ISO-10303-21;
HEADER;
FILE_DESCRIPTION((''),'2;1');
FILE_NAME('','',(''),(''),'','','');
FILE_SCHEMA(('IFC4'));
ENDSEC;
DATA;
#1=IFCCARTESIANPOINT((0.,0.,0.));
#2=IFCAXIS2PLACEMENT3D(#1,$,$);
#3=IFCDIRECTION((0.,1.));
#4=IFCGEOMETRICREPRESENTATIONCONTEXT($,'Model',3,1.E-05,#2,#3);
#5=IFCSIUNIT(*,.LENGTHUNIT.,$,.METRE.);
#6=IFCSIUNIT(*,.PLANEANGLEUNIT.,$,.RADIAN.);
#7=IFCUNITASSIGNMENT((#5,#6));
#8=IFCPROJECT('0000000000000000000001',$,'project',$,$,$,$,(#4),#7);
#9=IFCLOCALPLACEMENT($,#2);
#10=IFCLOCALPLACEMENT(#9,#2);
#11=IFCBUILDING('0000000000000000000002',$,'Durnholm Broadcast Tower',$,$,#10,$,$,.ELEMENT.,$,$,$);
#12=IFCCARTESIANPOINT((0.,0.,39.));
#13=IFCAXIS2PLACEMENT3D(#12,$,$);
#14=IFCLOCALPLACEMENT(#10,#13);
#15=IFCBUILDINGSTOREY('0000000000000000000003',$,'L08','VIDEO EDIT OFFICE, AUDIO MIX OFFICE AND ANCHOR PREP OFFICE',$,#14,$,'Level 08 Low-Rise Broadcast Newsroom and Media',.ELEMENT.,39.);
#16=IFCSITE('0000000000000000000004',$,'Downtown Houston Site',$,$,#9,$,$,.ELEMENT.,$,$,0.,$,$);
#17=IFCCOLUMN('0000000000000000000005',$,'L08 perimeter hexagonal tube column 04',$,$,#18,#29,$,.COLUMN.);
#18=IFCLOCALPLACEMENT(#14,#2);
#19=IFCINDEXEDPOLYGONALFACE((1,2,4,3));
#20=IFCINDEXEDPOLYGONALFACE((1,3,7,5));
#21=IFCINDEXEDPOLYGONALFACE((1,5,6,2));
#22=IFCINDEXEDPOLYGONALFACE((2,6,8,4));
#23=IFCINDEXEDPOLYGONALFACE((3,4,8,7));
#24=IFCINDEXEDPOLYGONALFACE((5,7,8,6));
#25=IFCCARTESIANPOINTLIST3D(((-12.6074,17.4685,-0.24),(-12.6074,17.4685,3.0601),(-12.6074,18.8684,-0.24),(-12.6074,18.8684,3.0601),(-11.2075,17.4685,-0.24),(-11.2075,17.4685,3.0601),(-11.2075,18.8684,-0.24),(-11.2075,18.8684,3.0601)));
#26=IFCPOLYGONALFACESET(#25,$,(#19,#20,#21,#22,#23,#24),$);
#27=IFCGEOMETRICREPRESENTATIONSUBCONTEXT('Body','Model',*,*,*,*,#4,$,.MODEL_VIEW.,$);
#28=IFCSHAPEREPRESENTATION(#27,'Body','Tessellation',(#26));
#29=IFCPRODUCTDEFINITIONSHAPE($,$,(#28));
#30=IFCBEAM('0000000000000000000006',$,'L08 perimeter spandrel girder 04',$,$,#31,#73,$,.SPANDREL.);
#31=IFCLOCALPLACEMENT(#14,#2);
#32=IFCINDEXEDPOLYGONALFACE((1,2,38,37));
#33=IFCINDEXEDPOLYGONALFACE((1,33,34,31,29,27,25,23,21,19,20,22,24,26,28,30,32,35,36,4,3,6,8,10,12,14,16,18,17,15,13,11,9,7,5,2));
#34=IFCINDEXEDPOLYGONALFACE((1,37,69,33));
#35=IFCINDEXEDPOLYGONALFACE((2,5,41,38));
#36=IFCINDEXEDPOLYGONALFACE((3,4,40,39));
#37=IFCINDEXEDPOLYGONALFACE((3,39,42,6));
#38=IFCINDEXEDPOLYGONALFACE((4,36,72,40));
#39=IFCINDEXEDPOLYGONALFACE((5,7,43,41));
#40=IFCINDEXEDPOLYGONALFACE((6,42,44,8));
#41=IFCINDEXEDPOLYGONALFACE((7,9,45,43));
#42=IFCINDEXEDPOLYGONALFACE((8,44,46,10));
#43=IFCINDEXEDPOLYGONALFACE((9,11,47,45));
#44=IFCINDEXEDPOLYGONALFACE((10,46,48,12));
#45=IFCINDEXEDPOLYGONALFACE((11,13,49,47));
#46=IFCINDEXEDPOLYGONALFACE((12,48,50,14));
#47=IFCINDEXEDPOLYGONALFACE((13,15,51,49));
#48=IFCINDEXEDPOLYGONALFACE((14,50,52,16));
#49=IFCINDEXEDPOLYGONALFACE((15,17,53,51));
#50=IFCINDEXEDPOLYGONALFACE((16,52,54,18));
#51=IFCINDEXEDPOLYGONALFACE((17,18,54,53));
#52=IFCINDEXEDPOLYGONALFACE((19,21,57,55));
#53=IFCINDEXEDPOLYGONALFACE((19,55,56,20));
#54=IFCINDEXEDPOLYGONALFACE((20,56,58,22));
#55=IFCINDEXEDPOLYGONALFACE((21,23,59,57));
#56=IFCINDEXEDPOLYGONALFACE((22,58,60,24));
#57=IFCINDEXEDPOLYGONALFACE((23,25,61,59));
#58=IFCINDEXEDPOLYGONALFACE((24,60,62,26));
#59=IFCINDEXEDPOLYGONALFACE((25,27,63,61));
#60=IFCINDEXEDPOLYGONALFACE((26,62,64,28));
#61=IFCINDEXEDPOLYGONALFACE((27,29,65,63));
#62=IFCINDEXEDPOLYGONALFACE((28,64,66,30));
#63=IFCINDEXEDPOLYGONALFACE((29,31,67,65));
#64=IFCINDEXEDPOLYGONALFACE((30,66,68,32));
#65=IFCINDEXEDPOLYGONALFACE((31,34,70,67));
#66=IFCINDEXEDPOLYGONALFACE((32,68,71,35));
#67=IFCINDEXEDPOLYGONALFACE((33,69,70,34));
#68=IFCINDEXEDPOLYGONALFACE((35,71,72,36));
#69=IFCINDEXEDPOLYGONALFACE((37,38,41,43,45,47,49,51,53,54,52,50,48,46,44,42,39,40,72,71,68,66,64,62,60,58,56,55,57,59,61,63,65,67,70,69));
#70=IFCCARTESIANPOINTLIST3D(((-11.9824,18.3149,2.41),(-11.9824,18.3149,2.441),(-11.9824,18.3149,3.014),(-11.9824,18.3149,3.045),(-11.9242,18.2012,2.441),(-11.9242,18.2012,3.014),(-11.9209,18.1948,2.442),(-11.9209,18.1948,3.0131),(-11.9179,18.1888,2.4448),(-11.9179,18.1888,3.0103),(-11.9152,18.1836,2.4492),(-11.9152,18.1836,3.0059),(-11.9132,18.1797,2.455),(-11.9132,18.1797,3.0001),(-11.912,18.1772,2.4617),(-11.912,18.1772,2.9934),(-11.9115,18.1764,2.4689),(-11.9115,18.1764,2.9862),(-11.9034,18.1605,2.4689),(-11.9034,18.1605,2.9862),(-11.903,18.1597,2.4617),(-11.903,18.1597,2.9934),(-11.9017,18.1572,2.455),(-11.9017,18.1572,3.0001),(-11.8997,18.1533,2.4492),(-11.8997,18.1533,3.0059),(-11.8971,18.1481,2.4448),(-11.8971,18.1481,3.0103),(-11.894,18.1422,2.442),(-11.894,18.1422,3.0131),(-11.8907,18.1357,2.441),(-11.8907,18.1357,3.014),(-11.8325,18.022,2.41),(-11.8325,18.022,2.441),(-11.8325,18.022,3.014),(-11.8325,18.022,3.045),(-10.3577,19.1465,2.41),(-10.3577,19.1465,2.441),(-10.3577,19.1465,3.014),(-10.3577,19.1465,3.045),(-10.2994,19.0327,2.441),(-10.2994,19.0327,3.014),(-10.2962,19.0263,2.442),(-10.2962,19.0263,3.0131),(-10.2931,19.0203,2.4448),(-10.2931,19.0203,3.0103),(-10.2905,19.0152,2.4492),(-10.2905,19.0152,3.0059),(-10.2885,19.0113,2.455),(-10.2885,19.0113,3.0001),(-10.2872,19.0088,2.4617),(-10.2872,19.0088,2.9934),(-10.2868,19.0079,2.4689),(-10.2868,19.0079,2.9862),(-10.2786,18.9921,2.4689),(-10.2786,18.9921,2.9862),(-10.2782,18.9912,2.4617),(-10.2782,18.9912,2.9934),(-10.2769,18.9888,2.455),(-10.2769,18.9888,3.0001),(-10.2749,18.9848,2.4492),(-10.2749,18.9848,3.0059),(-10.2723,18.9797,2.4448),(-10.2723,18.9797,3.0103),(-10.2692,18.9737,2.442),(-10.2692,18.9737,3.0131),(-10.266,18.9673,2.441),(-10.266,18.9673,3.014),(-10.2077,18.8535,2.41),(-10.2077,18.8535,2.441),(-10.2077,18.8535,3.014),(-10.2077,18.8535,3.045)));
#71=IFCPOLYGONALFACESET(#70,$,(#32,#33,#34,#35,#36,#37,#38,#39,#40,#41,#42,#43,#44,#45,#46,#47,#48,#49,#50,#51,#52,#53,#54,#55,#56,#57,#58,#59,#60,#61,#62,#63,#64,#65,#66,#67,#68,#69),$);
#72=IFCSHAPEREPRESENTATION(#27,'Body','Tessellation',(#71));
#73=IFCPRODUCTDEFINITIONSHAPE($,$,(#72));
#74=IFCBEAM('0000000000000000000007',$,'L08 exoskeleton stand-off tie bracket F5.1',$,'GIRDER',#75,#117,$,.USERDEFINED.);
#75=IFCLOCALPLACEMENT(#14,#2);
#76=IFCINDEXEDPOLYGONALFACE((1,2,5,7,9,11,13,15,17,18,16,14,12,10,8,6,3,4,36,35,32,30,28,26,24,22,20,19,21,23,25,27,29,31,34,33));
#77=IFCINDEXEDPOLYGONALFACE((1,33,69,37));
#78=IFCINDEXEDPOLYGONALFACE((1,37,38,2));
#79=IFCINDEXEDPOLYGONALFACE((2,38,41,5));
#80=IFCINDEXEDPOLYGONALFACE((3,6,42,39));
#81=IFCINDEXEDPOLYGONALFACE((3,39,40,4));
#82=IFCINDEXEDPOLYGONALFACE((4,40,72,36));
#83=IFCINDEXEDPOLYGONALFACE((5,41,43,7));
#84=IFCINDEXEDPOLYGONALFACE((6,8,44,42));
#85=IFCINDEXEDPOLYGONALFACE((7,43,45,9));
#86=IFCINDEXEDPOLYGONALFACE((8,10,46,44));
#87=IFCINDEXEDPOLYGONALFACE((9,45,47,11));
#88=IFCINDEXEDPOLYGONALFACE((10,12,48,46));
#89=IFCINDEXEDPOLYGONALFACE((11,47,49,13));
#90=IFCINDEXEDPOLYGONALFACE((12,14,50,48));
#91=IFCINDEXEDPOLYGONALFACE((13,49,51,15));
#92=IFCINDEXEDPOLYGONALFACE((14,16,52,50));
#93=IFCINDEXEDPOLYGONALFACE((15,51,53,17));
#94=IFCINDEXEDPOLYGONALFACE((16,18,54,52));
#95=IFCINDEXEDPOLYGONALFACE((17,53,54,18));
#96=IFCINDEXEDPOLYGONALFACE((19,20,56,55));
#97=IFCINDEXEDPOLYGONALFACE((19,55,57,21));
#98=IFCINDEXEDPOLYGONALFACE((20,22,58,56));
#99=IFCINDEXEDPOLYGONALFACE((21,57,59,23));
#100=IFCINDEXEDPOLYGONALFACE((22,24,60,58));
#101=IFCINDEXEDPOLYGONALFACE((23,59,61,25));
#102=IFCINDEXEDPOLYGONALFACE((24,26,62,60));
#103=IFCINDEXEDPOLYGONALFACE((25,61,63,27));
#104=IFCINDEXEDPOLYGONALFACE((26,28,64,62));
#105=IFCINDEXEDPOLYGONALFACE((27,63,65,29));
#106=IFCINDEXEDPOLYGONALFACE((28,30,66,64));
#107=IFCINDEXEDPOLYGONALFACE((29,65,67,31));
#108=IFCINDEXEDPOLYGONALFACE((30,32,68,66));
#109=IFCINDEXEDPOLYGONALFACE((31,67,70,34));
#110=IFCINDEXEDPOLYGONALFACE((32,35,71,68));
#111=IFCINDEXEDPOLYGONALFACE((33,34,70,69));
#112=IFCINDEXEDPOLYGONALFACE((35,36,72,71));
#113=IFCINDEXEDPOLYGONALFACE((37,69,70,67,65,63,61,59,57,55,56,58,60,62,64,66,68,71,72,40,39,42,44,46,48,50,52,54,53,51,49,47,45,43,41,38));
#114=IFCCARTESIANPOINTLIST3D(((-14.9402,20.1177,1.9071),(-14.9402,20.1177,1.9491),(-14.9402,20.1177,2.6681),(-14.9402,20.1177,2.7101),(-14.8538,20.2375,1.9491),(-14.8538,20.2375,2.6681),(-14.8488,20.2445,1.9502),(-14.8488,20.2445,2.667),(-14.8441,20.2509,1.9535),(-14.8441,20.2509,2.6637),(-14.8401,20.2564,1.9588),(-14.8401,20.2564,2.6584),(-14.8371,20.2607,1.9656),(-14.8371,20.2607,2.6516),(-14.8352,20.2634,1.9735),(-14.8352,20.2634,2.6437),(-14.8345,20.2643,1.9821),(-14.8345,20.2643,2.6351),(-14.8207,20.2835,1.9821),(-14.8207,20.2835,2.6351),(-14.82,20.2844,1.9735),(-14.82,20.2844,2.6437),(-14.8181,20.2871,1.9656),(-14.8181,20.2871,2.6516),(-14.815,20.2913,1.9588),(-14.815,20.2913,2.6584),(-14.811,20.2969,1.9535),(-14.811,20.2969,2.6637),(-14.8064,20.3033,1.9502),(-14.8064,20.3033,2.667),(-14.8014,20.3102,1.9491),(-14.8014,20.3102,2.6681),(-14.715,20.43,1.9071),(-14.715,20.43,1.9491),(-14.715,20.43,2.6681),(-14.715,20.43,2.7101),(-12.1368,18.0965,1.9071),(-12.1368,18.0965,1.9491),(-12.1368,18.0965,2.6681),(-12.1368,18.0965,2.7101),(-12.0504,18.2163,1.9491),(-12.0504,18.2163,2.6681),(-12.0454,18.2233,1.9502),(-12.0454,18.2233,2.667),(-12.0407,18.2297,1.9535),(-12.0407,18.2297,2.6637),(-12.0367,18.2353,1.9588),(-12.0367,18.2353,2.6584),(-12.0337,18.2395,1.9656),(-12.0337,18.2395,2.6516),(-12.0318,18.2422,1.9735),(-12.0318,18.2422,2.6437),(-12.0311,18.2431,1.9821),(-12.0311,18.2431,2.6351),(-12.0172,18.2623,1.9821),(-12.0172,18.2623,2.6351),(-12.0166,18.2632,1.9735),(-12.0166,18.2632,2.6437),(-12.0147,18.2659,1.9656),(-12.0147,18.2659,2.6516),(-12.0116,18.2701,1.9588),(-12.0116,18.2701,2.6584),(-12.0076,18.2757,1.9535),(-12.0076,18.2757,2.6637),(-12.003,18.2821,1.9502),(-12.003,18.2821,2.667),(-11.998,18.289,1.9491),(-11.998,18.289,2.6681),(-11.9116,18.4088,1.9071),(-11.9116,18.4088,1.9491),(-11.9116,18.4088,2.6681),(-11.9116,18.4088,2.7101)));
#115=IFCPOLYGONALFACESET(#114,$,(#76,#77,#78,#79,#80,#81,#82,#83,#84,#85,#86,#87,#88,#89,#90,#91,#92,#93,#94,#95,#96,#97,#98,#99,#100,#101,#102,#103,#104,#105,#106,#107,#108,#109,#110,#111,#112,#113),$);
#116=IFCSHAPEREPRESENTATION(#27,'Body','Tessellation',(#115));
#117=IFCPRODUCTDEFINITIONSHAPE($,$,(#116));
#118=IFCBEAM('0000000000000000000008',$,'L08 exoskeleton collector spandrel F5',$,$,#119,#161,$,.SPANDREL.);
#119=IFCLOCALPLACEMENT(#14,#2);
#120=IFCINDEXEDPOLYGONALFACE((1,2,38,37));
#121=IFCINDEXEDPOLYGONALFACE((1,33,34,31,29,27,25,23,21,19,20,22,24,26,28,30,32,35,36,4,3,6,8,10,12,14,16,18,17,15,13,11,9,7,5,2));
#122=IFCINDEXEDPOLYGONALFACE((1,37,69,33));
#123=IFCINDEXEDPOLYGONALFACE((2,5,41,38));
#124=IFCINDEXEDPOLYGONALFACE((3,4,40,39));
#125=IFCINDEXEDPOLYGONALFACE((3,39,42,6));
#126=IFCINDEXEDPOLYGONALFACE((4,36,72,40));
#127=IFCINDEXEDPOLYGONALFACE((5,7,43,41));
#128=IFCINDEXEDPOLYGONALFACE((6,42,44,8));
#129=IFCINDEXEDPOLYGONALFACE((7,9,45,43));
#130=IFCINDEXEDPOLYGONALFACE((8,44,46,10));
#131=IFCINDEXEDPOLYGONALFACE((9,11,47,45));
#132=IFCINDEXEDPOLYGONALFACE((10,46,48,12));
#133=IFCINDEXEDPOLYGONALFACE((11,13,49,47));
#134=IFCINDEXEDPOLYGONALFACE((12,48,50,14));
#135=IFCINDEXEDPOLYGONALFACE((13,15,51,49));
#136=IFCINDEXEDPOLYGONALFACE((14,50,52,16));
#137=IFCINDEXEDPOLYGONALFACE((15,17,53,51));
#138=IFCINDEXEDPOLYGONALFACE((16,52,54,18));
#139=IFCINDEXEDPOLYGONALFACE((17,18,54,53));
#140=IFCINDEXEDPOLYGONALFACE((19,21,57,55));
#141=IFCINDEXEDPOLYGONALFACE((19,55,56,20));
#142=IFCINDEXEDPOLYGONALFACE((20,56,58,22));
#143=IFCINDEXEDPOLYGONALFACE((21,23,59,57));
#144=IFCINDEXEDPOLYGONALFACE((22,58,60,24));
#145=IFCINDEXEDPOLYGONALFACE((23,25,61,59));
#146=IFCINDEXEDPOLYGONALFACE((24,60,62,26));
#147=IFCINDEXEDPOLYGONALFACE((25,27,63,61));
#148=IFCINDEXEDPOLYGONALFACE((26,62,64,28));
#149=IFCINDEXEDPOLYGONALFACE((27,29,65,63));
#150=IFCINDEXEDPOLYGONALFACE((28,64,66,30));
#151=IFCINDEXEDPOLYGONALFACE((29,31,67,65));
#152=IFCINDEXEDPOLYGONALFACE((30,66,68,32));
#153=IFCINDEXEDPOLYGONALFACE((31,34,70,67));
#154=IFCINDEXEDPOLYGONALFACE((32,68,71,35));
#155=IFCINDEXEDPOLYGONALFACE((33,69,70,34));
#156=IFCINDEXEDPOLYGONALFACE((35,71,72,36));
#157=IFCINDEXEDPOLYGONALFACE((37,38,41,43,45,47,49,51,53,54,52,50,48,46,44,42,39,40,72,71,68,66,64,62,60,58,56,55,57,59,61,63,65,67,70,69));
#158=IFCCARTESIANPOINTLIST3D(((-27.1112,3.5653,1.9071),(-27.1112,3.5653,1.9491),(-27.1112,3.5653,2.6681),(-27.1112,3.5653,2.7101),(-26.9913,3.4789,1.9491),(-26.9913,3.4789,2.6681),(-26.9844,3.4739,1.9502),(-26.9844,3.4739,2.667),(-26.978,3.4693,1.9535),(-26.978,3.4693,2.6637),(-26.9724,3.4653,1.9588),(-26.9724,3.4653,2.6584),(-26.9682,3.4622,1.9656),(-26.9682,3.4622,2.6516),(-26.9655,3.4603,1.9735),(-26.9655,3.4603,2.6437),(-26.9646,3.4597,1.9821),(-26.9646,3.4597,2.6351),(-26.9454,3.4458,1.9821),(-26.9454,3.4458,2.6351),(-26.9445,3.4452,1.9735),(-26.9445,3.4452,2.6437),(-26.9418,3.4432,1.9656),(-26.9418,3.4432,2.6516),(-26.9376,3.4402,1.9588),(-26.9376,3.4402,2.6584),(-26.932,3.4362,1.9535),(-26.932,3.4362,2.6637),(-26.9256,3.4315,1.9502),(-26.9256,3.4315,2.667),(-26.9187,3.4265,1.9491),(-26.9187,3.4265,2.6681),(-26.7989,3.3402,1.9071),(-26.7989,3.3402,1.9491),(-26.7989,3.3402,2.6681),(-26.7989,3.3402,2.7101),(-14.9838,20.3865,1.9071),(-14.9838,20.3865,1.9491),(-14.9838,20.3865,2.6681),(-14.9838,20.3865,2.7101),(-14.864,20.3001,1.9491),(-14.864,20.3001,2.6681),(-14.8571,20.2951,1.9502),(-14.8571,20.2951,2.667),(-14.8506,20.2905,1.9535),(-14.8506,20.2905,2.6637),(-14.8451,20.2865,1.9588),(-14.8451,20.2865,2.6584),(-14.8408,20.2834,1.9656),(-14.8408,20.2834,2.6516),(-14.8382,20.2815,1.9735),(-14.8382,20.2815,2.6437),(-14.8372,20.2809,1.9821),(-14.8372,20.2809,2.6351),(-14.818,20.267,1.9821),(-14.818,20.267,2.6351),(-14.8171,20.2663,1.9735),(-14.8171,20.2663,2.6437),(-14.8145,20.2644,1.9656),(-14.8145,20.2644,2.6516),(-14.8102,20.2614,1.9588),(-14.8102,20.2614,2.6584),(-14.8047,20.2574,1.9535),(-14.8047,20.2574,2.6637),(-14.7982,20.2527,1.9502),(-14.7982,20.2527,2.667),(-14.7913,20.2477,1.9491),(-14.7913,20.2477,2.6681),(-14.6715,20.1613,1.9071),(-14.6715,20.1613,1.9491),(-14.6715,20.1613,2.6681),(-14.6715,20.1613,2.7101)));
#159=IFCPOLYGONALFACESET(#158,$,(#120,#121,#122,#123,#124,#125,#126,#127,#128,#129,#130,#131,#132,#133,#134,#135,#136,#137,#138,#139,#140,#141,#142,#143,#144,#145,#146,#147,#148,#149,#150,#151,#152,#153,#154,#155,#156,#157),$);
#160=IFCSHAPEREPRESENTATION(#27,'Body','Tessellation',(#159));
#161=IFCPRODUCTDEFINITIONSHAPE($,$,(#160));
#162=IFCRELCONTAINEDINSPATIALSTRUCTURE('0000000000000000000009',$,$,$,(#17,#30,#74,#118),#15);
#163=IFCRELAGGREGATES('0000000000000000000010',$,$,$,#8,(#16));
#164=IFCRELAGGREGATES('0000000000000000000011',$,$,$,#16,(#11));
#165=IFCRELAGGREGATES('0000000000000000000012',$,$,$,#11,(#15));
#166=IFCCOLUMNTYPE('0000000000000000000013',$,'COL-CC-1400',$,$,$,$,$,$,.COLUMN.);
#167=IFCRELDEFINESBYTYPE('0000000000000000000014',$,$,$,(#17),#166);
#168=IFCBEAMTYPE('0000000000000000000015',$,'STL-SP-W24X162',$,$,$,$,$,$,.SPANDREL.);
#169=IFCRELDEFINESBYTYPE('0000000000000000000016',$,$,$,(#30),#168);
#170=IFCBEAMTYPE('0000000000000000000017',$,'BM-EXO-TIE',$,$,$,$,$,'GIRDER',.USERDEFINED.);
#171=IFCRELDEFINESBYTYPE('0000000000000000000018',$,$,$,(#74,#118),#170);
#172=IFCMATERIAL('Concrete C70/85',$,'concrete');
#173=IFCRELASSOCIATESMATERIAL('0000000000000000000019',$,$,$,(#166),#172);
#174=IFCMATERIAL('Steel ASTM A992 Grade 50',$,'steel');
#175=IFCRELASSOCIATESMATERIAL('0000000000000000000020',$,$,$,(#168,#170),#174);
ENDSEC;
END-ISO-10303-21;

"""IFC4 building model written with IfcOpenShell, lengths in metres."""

from ifc_helpers import new_model, si_unit, direction, frame, origin, origin_2d, place, context, subcontext, project, spatial, rectangle, i_section, extrude, source, transform, mapped, material, material_profile, profile_set, type_object, type_shapes, element, save


model = new_model("IFC4")

# Units and contexts
model_context = context("Model", 3, precision=1e-05, world=origin(), true_north=direction((0.0, 1.0)))
body_context = subcontext(model_context, "Body", "Model", "MODEL_VIEW")
ifc_project = project(units=[si_unit("LENGTHUNIT", "METRE"), si_unit("PLANEANGLEUNIT", "RADIAN")], contexts=[model_context])

# Site, building, storey
site_placement = place(None, origin())
site = spatial("IfcSite", under=ifc_project, at=site_placement, Name="Downtown Houston Site", CompositionType="ELEMENT", RefElevation=0.0)
building_placement = place(site_placement, origin())
building = spatial("IfcBuilding", under=site, at=building_placement, Name="Durnholm Broadcast Tower", CompositionType="ELEMENT")
storey_placement = place(building_placement, frame((0.0, 0.0, 39.0)))
storey = spatial("IfcBuildingStorey", under=building, at=storey_placement, Name="L08", Description="VIDEO EDIT OFFICE, AUDIO MIX OFFICE AND ANCHOR PREP OFFICE", LongName="Level 08 Low-Rise Broadcast Newsroom and Media", CompositionType="ELEMENT", Elevation=39.0)

# Column
ifc_material_1 = material(Name="Concrete C70/85", Category="concrete")
ifc_material_profile_1 = material_profile(ifc_material_1, rectangle(XDim=1.3999, YDim=1.3999, at=origin_2d()), Name="RC1400X1400")
ifc_profile_set_1 = profile_set([ifc_material_profile_1], Name="Concrete C70/85")
column_type = type_object("IfcColumnType", Name="COL-CC-1400", PredefinedType="COLUMN", material=ifc_profile_set_1)
shared_shape_1 = source(origin(), body_context, "Body", "SweptSolid", [
    extrude(rectangle(XDim=1.3999, YDim=1.3999, at=origin_2d()), origin(), (0.0, 0.0, 1.0), 3.3),
])
type_shapes(column_type, [shared_shape_1])
column_placement = place(storey_placement, frame((-11.9075, 18.1685, -0.24), z_axis=(0.0, 0.0, 1.0), x_axis=(1.0, 0.0, 0.0)))
element("IfcColumn", 1, at=column_placement, inside=storey, type_object=column_type, Name="L08 perimeter hexagonal tube column 04", PredefinedType="COLUMN", context=body_context, shape_type="MappedRepresentation", body=[
    mapped(shared_shape_1, transform((0.0, 0.0, 0.0), x_axis=(1.0, 0.0, 0.0), y_axis=(0.0, 1.0, 0.0), z_axis=(0.0, 0.0, 1.0), scale=1.0)),
])

# Beams
ifc_material_2 = material(Name="Steel ASTM A992 Grade 50", Category="steel")
ifc_material_profile_2 = material_profile(ifc_material_2, i_section(OverallWidth=0.3291, OverallDepth=0.635, WebThickness=0.0178, FlangeThickness=0.031, FilletRadius=0.0278, at=origin_2d()), Name="W24X162")
ifc_profile_set_2 = profile_set([ifc_material_profile_2], Name="Steel ASTM A992 Grade 50")
beam_type_1 = type_object("IfcBeamType", Name="STL-SP-W24X162", PredefinedType="SPANDREL", material=ifc_profile_set_2)
shared_shape_2 = source(origin(), body_context, "Body", "SweptSolid", [
    extrude(i_section(OverallWidth=0.3291, OverallDepth=0.635, WebThickness=0.0178, FlangeThickness=0.031, FilletRadius=0.0278, at=origin_2d()), origin(), (0.0, 0.0, 1.0), 1.8252),
])
type_shapes(beam_type_1, [shared_shape_2])
beam_1_placement = place(storey_placement, frame((-11.9075, 18.1685, 2.7275), z_axis=(0.890188, 0.455594, 0.0), x_axis=(-0.455594, 0.890188, 0.0)))
element("IfcBeam", 2, at=beam_1_placement, inside=storey, type_object=beam_type_1, Name="L08 perimeter spandrel girder 04", PredefinedType="SPANDREL", context=body_context, shape_type="MappedRepresentation", body=[
    mapped(shared_shape_2, transform((0.0, 0.0, 0.0), x_axis=(1.0, 0.0, 0.0), y_axis=(0.0, 1.0, 0.0), z_axis=(0.0, 0.0, 1.0), scale=1.0)),
])
ifc_material_profile_3 = material_profile(ifc_material_2, i_section(OverallWidth=0.385, OverallDepth=0.803, WebThickness=0.0237, FlangeThickness=0.042, FilletRadius=0.033, at=origin_2d()), Name="W30X261")
ifc_profile_set_3 = profile_set([ifc_material_profile_3], Name="Steel ASTM A992 Grade 50")
beam_type_2 = type_object("IfcBeamType", Name="BM-EXO-TIE", ElementType="GIRDER", PredefinedType="USERDEFINED", material=ifc_profile_set_3)
shared_shape_3 = source(origin(), body_context, "Body", "SweptSolid", [
    extrude(i_section(OverallWidth=0.385, OverallDepth=0.803, WebThickness=0.0237, FlangeThickness=0.042, FilletRadius=0.033, at=origin_2d()), origin(), (0.0, 0.0, 1.0), 3.4561),
])
beam_2_placement = place(storey_placement, frame((-12.0242, 18.2527, 2.3086), z_axis=(-0.811158, 0.584828, 0.0), x_axis=(-0.584828, -0.811158, 0.0)))
element("IfcBeam", 3, at=beam_2_placement, inside=storey, type_object=beam_type_2, Name="L08 exoskeleton stand-off tie bracket F5.1", ObjectType="GIRDER", PredefinedType="USERDEFINED", context=body_context, shape_type="MappedRepresentation", body=[
    mapped(shared_shape_3, transform((0.0, 0.0, 0.0), x_axis=(1.0, 0.0, 0.0), y_axis=(0.0, 1.0, 0.0), z_axis=(0.0, 0.0, 1.0), scale=1.0)),
])
shared_shape_4 = source(origin(), body_context, "Body", "SweptSolid", [
    extrude(i_section(OverallWidth=0.385, OverallDepth=0.803, WebThickness=0.0237, FlangeThickness=0.042, FilletRadius=0.033, at=origin_2d()), origin(), (0.0, 0.0, 1.0), 20.7371),
])
type_shapes(beam_type_2, [shared_shape_3, shared_shape_4])
beam_3_placement = place(storey_placement, frame((-14.8276, 20.2739, 2.3086), z_axis=(-0.584816, -0.811166, 0.0), x_axis=(0.811166, -0.584816, 0.0)))
element("IfcBeam", 4, at=beam_3_placement, inside=storey, type_object=beam_type_2, Name="L08 exoskeleton collector spandrel F5", PredefinedType="SPANDREL", context=body_context, shape_type="MappedRepresentation", body=[
    mapped(shared_shape_4, transform((0.0, 0.0, 0.0), x_axis=(1.0, 0.0, 0.0), y_axis=(0.0, 1.0, 0.0), z_axis=(0.0, 0.0, 1.0), scale=1.0)),
])

save(model, "model.ifc")
